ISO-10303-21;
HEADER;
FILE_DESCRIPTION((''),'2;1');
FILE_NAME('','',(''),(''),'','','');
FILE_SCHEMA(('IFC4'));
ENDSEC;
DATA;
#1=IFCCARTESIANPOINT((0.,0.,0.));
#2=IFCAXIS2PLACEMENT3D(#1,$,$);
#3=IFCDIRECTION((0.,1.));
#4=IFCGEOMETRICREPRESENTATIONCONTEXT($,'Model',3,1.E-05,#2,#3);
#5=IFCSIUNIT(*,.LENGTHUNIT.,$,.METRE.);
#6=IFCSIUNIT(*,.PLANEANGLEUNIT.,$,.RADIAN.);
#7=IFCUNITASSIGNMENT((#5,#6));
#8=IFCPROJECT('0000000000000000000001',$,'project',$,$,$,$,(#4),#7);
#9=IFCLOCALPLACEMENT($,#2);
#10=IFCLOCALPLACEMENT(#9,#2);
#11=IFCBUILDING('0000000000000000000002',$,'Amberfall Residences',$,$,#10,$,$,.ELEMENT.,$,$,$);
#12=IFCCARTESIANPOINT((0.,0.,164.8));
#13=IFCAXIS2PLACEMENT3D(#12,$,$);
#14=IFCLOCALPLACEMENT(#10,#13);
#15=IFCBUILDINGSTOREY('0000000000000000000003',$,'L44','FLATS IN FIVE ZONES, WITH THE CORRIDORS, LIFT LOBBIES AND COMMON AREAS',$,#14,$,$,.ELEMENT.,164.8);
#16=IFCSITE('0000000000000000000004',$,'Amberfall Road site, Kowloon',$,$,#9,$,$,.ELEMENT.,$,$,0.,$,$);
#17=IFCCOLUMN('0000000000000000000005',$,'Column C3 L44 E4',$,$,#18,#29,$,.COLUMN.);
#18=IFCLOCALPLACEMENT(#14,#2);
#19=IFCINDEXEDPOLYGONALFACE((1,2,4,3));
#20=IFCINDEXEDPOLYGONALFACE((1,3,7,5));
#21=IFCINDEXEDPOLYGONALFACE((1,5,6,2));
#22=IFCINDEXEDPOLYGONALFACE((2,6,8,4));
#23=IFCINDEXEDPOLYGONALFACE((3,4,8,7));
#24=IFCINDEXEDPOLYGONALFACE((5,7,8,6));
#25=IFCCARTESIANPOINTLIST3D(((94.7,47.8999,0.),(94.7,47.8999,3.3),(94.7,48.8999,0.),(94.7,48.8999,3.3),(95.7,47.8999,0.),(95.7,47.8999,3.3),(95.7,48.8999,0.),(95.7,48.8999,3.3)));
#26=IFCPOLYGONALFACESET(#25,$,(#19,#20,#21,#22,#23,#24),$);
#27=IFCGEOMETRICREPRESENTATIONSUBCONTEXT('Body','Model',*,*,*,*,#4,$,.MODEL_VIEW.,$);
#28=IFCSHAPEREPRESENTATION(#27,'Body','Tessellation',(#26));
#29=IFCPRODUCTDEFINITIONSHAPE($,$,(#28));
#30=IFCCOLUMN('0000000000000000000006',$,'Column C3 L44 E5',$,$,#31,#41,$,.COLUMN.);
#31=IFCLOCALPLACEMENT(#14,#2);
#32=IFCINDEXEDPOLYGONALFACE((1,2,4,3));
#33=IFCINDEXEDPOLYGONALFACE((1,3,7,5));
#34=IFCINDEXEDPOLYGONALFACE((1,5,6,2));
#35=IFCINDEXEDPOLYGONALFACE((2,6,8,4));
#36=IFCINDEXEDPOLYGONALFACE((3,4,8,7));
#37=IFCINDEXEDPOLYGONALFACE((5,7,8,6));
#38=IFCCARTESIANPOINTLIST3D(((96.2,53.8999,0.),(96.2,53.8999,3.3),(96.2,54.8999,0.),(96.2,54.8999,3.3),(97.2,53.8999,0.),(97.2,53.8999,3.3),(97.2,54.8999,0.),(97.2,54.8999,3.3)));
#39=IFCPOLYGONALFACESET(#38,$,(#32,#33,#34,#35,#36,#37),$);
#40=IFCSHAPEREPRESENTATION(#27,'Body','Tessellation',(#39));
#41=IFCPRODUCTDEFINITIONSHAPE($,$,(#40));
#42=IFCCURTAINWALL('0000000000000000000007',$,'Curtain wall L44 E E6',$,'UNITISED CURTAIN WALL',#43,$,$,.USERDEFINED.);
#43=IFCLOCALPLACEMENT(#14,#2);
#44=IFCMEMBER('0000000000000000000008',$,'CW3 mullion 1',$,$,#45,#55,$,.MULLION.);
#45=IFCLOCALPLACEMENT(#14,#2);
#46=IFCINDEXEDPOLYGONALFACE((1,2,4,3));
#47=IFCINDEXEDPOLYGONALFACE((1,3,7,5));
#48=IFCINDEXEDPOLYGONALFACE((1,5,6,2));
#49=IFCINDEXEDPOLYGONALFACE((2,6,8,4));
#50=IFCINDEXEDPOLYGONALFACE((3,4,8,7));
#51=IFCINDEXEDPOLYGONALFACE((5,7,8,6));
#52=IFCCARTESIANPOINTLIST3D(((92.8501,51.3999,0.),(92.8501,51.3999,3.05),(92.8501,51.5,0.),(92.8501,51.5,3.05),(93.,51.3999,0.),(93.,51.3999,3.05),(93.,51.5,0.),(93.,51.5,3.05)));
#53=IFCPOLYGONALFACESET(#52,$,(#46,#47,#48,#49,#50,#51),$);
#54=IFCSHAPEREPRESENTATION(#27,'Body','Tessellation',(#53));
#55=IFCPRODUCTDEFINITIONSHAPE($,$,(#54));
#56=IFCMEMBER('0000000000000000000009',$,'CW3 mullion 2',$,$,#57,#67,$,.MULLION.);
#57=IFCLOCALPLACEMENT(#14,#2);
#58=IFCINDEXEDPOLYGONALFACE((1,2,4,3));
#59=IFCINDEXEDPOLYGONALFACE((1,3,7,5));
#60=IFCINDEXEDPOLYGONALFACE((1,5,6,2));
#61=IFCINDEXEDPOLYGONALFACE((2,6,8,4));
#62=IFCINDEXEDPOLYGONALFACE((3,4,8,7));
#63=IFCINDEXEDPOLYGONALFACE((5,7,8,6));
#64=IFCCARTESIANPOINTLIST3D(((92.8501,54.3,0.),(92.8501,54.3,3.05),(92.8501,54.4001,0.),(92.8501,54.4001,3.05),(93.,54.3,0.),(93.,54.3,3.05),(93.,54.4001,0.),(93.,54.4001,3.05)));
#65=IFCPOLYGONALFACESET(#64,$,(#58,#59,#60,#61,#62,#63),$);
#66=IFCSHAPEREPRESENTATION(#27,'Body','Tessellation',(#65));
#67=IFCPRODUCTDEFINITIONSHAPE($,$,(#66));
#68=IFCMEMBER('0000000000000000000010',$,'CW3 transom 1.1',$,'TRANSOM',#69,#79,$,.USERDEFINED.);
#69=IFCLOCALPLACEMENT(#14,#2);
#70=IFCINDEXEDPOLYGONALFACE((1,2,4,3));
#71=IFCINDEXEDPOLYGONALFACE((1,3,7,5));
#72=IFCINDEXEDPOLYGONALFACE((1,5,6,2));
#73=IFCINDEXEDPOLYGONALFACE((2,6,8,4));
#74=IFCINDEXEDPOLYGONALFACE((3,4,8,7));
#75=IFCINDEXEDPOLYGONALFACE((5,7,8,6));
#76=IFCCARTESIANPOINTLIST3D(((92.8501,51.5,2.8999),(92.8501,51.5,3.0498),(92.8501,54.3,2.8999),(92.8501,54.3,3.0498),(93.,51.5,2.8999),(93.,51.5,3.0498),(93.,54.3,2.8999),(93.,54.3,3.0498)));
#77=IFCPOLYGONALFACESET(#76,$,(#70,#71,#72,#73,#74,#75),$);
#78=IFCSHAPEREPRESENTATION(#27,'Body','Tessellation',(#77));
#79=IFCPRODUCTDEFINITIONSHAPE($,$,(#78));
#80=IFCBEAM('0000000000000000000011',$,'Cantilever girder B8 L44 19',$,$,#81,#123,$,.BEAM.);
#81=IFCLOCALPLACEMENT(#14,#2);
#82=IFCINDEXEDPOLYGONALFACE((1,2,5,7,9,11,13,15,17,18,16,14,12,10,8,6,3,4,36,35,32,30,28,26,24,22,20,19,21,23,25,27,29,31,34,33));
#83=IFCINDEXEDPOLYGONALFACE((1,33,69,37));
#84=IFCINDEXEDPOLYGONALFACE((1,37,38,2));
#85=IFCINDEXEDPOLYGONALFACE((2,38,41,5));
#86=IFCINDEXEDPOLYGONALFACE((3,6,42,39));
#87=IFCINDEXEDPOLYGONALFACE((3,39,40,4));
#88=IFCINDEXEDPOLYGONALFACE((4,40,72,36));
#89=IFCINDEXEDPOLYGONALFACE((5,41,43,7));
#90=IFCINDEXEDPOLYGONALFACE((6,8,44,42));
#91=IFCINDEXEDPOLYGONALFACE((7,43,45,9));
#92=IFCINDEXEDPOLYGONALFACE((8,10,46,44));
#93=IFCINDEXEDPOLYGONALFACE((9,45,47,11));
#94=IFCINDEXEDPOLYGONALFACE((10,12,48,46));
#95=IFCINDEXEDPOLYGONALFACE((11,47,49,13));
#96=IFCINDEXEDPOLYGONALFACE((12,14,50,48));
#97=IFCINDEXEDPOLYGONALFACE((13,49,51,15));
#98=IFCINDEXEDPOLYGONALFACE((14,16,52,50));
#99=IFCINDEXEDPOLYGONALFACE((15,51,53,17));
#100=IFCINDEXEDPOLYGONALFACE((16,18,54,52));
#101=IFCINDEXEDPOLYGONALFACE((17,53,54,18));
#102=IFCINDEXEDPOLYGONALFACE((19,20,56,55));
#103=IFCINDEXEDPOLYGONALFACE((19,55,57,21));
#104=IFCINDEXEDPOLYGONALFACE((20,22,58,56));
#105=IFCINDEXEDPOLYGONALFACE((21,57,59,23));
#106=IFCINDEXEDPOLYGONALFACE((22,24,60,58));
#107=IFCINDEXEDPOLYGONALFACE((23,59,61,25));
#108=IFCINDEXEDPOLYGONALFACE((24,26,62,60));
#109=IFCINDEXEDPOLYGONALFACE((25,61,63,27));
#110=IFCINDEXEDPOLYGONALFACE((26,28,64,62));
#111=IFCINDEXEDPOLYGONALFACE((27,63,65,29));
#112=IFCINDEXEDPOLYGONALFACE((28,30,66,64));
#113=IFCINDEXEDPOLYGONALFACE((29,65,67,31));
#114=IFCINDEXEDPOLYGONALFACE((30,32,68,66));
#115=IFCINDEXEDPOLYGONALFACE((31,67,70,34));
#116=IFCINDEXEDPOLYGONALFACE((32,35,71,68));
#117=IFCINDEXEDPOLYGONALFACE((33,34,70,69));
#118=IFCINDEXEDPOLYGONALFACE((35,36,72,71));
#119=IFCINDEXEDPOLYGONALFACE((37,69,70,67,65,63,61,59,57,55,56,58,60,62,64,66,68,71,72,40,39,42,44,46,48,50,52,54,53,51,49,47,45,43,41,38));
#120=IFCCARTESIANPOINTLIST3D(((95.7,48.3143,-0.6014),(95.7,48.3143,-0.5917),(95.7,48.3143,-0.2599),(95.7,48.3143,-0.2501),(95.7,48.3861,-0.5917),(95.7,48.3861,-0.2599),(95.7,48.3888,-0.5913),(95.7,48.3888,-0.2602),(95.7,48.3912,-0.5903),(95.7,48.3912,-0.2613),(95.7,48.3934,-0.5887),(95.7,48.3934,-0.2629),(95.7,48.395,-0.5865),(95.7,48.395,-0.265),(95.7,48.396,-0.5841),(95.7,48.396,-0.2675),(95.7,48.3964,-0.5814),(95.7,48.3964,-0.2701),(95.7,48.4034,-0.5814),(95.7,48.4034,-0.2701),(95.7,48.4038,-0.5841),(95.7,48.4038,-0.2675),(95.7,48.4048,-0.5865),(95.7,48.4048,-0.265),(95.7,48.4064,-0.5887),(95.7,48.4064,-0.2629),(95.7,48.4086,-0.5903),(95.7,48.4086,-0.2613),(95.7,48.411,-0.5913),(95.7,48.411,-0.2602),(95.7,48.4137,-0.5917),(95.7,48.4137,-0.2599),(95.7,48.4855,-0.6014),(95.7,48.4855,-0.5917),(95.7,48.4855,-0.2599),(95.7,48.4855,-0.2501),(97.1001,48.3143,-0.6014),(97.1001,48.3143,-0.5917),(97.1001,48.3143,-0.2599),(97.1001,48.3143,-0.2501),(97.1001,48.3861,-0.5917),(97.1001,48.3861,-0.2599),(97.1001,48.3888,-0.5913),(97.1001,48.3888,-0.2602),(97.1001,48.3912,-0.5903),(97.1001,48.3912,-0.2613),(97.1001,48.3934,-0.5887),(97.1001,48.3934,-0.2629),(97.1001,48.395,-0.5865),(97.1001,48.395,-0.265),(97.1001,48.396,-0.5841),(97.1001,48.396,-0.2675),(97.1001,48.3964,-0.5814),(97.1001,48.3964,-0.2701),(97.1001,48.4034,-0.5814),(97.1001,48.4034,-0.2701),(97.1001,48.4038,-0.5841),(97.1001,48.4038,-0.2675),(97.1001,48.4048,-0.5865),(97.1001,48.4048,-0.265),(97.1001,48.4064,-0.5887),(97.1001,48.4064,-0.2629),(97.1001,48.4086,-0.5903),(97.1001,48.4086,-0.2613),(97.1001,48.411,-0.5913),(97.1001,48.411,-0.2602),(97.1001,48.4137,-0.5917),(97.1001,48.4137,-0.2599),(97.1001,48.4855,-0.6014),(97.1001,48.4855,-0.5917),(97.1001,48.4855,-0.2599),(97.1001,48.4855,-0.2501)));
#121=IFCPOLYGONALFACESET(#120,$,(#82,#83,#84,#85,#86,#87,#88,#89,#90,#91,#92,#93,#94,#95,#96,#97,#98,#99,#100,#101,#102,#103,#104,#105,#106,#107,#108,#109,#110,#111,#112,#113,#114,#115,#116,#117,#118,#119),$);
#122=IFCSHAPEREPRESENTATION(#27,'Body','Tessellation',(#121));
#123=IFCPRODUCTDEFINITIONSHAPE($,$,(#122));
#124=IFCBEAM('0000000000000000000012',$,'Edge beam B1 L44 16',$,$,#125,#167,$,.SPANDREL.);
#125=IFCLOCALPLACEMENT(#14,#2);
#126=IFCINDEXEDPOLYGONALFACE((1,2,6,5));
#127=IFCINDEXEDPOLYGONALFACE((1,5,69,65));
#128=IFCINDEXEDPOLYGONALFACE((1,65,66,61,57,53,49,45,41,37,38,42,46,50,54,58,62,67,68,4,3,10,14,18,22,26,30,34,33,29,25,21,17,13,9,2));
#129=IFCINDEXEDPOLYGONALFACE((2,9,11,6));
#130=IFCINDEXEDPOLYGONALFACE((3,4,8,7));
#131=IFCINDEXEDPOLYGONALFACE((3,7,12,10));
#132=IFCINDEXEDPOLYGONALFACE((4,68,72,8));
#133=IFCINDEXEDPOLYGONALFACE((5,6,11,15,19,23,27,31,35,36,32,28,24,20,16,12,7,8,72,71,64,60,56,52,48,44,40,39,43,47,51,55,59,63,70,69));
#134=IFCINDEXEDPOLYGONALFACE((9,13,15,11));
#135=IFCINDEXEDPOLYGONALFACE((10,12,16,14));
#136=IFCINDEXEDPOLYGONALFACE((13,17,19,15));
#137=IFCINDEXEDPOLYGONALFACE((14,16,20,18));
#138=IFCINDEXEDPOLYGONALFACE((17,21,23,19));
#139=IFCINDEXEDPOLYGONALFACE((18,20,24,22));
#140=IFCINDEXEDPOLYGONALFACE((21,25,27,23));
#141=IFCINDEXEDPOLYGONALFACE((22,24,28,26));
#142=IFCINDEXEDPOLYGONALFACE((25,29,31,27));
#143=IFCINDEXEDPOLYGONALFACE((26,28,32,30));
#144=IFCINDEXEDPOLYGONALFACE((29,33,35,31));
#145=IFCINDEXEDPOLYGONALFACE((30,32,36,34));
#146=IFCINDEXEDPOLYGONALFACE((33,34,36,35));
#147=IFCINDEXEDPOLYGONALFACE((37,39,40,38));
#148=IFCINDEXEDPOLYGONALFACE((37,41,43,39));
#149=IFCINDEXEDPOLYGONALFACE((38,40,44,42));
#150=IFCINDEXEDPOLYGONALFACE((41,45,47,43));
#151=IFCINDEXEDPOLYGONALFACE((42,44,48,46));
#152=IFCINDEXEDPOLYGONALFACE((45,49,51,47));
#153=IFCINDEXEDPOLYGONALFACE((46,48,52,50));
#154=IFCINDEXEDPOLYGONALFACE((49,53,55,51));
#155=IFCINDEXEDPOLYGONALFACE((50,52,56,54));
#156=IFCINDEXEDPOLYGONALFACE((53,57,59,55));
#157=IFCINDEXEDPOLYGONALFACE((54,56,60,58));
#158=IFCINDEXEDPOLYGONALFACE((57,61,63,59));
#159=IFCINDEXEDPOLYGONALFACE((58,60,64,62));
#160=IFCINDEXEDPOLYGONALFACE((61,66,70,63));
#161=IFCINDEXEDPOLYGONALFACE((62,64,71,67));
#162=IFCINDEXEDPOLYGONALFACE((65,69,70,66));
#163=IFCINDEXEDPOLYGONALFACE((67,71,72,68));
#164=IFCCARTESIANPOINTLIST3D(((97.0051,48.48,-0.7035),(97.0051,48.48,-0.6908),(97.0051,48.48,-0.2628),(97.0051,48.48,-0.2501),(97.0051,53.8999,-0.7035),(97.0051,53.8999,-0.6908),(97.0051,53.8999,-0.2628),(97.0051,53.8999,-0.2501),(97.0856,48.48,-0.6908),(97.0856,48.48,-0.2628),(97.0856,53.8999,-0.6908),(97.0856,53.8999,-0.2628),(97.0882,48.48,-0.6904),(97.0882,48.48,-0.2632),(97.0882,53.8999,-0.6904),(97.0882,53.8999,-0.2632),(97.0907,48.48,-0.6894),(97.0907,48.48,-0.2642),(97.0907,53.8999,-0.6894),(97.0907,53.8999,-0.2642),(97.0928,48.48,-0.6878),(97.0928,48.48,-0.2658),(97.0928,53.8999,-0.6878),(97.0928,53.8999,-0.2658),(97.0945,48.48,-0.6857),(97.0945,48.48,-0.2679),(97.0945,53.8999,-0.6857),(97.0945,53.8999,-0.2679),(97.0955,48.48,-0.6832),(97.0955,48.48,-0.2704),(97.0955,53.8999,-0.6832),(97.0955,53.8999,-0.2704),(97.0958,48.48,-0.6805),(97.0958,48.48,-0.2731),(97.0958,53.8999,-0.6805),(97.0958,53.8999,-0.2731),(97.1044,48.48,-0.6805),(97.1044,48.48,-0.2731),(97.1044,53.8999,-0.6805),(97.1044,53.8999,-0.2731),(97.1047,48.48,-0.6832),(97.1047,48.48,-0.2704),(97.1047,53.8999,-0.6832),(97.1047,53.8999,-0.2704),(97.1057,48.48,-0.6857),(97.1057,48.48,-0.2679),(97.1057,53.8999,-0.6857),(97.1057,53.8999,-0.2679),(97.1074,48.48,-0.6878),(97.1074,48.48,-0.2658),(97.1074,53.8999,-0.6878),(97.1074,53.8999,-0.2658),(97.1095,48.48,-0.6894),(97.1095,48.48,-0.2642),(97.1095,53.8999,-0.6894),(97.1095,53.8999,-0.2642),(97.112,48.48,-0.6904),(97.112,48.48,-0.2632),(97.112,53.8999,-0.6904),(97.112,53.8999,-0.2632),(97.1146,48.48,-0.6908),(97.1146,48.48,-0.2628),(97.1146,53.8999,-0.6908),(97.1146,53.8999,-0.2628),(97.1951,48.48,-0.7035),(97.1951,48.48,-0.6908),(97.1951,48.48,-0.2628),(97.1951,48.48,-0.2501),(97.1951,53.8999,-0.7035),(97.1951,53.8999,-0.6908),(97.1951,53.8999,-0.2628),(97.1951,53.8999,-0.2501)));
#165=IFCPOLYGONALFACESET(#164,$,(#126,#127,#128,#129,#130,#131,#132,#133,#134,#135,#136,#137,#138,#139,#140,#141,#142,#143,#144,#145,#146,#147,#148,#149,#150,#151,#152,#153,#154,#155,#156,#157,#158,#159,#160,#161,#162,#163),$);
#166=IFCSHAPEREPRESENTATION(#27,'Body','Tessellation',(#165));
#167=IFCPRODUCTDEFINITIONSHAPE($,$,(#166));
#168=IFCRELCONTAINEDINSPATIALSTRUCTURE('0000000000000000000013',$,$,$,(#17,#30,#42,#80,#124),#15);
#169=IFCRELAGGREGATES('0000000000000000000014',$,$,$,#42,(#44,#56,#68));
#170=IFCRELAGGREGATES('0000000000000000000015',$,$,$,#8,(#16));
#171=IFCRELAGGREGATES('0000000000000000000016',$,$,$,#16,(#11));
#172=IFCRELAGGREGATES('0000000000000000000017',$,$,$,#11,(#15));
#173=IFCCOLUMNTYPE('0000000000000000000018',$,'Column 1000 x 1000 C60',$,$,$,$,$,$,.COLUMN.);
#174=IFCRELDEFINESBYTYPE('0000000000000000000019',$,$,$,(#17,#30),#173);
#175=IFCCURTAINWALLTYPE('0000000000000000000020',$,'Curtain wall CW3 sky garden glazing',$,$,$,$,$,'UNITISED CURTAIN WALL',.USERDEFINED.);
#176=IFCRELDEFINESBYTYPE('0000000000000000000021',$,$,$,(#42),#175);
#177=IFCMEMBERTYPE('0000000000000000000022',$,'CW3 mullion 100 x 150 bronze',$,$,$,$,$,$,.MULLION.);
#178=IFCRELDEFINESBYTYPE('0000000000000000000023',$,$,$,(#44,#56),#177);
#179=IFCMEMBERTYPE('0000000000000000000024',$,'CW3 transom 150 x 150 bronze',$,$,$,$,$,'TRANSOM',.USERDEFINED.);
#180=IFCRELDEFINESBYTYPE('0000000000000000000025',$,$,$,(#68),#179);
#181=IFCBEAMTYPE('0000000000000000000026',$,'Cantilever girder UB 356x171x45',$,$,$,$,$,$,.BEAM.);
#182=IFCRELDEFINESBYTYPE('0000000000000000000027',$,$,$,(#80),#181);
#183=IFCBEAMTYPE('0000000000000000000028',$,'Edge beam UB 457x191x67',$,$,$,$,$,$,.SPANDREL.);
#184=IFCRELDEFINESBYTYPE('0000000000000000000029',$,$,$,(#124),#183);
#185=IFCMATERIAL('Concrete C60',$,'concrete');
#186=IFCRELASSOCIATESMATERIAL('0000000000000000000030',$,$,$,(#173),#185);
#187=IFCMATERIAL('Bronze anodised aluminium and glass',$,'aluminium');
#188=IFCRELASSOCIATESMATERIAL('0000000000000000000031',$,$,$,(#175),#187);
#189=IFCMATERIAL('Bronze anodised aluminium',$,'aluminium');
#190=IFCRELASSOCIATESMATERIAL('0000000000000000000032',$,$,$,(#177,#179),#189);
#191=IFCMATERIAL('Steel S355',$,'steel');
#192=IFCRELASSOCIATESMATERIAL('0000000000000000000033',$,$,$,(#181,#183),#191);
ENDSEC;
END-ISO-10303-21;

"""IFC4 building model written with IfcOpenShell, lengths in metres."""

from ifc_helpers import new_model, si_unit, direction, frame, origin, origin_2d, place, context, subcontext, project, spatial, rectangle, i_section, extrude, material, material_profile, profile_set, type_object, element, aggregate, save


model = new_model("IFC4")

# Units and contexts
model_context = context("Model", 3, precision=1e-05, world=origin(), true_north=direction((0.0, 1.0)))
body_context = subcontext(model_context, "Body", "Model", "MODEL_VIEW")
ifc_project = project(units=[si_unit("LENGTHUNIT", "METRE"), si_unit("PLANEANGLEUNIT", "RADIAN")], contexts=[model_context])

# Site, building, storey
site_placement = place(None, origin())
site = spatial("IfcSite", under=ifc_project, at=site_placement, Name="Amberfall Road site, Kowloon", CompositionType="ELEMENT", RefElevation=0.0)
building_placement = place(site_placement, origin())
building = spatial("IfcBuilding", under=site, at=building_placement, Name="Amberfall Residences", CompositionType="ELEMENT")
storey_placement = place(building_placement, frame((0.0, 0.0, 164.8)))
storey = spatial("IfcBuildingStorey", under=building, at=storey_placement, Name="L44", Description="FLATS IN FIVE ZONES, WITH THE CORRIDORS, LIFT LOBBIES AND COMMON AREAS", CompositionType="ELEMENT", Elevation=164.8)

# Columns
ifc_material_1 = material(Name="Concrete C60", Category="concrete")
ifc_material_profile_1 = material_profile(ifc_material_1, rectangle(XDim=1.0, YDim=1.0, at=origin_2d()), Name="Column 1000 x 1000 C60")
ifc_profile_set_1 = profile_set([ifc_material_profile_1], Name="Concrete C60")
column_type = type_object("IfcColumnType", Name="Column 1000 x 1000 C60", PredefinedType="COLUMN", material=ifc_profile_set_1)
for number, where, z_axis, x_axis, name in (
    (1, (95.2, 48.3999, 0.0), (0.0, 0.0, 1.0), (1.0, 0.0, 0.0), "Column C3 L44 E4"),
    (2, (96.7, 54.3999, 0.0), (0.0, 0.0, 1.0), (1.0, 0.0, 0.0), "Column C3 L44 E5"),
):
    element("IfcColumn", number, at=place(storey_placement, frame(where, z_axis=z_axis, x_axis=x_axis)), inside=storey, type_object=column_type, Name=name, PredefinedType="COLUMN", context=body_context, shape_type="SweptSolid", body=[
        extrude(rectangle(XDim=1.0, YDim=1.0, at=origin_2d()), origin(), (0.0, 0.0, 1.0), 3.3),
    ])

# Curtain wall, members
ifc_material_2 = material(Name="Bronze anodised aluminium and glass", Category="aluminium")
curtain_wall_type = type_object("IfcCurtainWallType", Name="Curtain wall CW3 sky garden glazing", ElementType="UNITISED CURTAIN WALL", PredefinedType="USERDEFINED", material=ifc_material_2)
curtain_wall_placement = place(storey_placement, origin())
curtain_wall = element("IfcCurtainWall", 3, at=curtain_wall_placement, inside=storey, type_object=curtain_wall_type, Name="Curtain wall L44 E E6", ObjectType="UNITISED CURTAIN WALL", PredefinedType="USERDEFINED")
ifc_material_3 = material(Name="Bronze anodised aluminium", Category="aluminium")
ifc_material_profile_2 = material_profile(ifc_material_3, rectangle(XDim=0.1499, YDim=0.1001, at=origin_2d()), Name="CW3 mullion 100 x 150 bronze")
ifc_profile_set_2 = profile_set([ifc_material_profile_2], Name="Bronze anodised aluminium")
member_type_1 = type_object("IfcMemberType", Name="CW3 mullion 100 x 150 bronze", PredefinedType="MULLION", material=ifc_profile_set_2)
member_1_placement = place(storey_placement, frame((92.925, 51.45, 0.0), z_axis=(0.0, 0.0, 1.0), x_axis=(-1.0, 0.0, 0.0)))
member_1 = element("IfcMember", 4, at=member_1_placement, type_object=member_type_1, Name="CW3 mullion 1", PredefinedType="MULLION", context=body_context, shape_type="SweptSolid", body=[
    extrude(rectangle(XDim=0.1499, YDim=0.1001, at=origin_2d()), origin(), (0.0, 0.0, 1.0), 3.05),
])
member_2_placement = place(storey_placement, frame((92.925, 54.3501, 0.0), z_axis=(0.0, 0.0, 1.0), x_axis=(-1.0, 0.0, 0.0)))
member_2 = element("IfcMember", 5, at=member_2_placement, type_object=member_type_1, Name="CW3 mullion 2", PredefinedType="MULLION", context=body_context, shape_type="SweptSolid", body=[
    extrude(rectangle(XDim=0.1499, YDim=0.1001, at=origin_2d()), origin(), (0.0, 0.0, 1.0), 3.05),
])
ifc_material_profile_3 = material_profile(ifc_material_3, rectangle(XDim=0.1499, YDim=0.1499, at=origin_2d()), Name="CW3 transom 150 x 150 bronze")
ifc_profile_set_3 = profile_set([ifc_material_profile_3], Name="Bronze anodised aluminium")
member_type_2 = type_object("IfcMemberType", Name="CW3 transom 150 x 150 bronze", ElementType="TRANSOM", PredefinedType="USERDEFINED", material=ifc_profile_set_3)
member_3_placement = place(storey_placement, frame((92.925, 51.5, 2.9749), z_axis=(0.0, 1.0, 0.0), x_axis=(-1.0, 0.0, 0.0)))
member_3 = element("IfcMember", 6, at=member_3_placement, type_object=member_type_2, Name="CW3 transom 1.1", ObjectType="TRANSOM", PredefinedType="USERDEFINED", context=body_context, shape_type="SweptSolid", body=[
    extrude(rectangle(XDim=0.1499, YDim=0.1499, at=origin_2d()), origin(), (0.0, 0.0, 1.0), 2.8),
])

# Beams
ifc_material_4 = material(Name="Steel S355", Category="steel")
ifc_material_profile_4 = material_profile(ifc_material_4, i_section(OverallWidth=0.1711, OverallDepth=0.3513, WebThickness=0.0071, FlangeThickness=0.0098, FilletRadius=0.0103, at=origin_2d()), Name="UB 356x171x45")
ifc_profile_set_4 = profile_set([ifc_material_profile_4], Name="Steel S355")
beam_type_1 = type_object("IfcBeamType", Name="Cantilever girder UB 356x171x45", PredefinedType="BEAM", material=ifc_profile_set_4)
beam_1_placement = place(storey_placement, frame((95.7, 48.3999, -0.4258), z_axis=(1.0, 0.0, 0.0), x_axis=(0.0, 1.0, 0.0)))
element("IfcBeam", 7, at=beam_1_placement, inside=storey, type_object=beam_type_1, Name="Cantilever girder B8 L44 19", PredefinedType="BEAM", context=body_context, shape_type="SweptSolid", body=[
    extrude(i_section(OverallWidth=0.1711, OverallDepth=0.3513, WebThickness=0.0071, FlangeThickness=0.0098, FilletRadius=0.0103, at=origin_2d()), origin(), (0.0, 0.0, 1.0), 1.4001),
])
ifc_material_profile_5 = material_profile(ifc_material_4, i_section(OverallWidth=0.1899, OverallDepth=0.4534, WebThickness=0.0085, FlangeThickness=0.0127, FilletRadius=0.0103, at=origin_2d()), Name="UB 457x191x67")
ifc_profile_set_5 = profile_set([ifc_material_profile_5], Name="Steel S355")
beam_type_2 = type_object("IfcBeamType", Name="Edge beam UB 457x191x67", PredefinedType="SPANDREL", material=ifc_profile_set_5)
beam_2_placement = place(storey_placement, frame((97.1001, 48.48, -0.4768), z_axis=(0.0, 1.0, 0.0), x_axis=(-1.0, 0.0, 0.0)))
element("IfcBeam", 8, at=beam_2_placement, inside=storey, type_object=beam_type_2, Name="Edge beam B1 L44 16", PredefinedType="SPANDREL", context=body_context, shape_type="SweptSolid", body=[
    extrude(i_section(OverallWidth=0.1899, OverallDepth=0.4534, WebThickness=0.0085, FlangeThickness=0.0127, FilletRadius=0.0103, at=origin_2d()), origin(), (0.0, 0.0, 1.0), 5.4199),
])

aggregate(curtain_wall, [member_1, member_2, member_3])

save(model, "model.ifc")
